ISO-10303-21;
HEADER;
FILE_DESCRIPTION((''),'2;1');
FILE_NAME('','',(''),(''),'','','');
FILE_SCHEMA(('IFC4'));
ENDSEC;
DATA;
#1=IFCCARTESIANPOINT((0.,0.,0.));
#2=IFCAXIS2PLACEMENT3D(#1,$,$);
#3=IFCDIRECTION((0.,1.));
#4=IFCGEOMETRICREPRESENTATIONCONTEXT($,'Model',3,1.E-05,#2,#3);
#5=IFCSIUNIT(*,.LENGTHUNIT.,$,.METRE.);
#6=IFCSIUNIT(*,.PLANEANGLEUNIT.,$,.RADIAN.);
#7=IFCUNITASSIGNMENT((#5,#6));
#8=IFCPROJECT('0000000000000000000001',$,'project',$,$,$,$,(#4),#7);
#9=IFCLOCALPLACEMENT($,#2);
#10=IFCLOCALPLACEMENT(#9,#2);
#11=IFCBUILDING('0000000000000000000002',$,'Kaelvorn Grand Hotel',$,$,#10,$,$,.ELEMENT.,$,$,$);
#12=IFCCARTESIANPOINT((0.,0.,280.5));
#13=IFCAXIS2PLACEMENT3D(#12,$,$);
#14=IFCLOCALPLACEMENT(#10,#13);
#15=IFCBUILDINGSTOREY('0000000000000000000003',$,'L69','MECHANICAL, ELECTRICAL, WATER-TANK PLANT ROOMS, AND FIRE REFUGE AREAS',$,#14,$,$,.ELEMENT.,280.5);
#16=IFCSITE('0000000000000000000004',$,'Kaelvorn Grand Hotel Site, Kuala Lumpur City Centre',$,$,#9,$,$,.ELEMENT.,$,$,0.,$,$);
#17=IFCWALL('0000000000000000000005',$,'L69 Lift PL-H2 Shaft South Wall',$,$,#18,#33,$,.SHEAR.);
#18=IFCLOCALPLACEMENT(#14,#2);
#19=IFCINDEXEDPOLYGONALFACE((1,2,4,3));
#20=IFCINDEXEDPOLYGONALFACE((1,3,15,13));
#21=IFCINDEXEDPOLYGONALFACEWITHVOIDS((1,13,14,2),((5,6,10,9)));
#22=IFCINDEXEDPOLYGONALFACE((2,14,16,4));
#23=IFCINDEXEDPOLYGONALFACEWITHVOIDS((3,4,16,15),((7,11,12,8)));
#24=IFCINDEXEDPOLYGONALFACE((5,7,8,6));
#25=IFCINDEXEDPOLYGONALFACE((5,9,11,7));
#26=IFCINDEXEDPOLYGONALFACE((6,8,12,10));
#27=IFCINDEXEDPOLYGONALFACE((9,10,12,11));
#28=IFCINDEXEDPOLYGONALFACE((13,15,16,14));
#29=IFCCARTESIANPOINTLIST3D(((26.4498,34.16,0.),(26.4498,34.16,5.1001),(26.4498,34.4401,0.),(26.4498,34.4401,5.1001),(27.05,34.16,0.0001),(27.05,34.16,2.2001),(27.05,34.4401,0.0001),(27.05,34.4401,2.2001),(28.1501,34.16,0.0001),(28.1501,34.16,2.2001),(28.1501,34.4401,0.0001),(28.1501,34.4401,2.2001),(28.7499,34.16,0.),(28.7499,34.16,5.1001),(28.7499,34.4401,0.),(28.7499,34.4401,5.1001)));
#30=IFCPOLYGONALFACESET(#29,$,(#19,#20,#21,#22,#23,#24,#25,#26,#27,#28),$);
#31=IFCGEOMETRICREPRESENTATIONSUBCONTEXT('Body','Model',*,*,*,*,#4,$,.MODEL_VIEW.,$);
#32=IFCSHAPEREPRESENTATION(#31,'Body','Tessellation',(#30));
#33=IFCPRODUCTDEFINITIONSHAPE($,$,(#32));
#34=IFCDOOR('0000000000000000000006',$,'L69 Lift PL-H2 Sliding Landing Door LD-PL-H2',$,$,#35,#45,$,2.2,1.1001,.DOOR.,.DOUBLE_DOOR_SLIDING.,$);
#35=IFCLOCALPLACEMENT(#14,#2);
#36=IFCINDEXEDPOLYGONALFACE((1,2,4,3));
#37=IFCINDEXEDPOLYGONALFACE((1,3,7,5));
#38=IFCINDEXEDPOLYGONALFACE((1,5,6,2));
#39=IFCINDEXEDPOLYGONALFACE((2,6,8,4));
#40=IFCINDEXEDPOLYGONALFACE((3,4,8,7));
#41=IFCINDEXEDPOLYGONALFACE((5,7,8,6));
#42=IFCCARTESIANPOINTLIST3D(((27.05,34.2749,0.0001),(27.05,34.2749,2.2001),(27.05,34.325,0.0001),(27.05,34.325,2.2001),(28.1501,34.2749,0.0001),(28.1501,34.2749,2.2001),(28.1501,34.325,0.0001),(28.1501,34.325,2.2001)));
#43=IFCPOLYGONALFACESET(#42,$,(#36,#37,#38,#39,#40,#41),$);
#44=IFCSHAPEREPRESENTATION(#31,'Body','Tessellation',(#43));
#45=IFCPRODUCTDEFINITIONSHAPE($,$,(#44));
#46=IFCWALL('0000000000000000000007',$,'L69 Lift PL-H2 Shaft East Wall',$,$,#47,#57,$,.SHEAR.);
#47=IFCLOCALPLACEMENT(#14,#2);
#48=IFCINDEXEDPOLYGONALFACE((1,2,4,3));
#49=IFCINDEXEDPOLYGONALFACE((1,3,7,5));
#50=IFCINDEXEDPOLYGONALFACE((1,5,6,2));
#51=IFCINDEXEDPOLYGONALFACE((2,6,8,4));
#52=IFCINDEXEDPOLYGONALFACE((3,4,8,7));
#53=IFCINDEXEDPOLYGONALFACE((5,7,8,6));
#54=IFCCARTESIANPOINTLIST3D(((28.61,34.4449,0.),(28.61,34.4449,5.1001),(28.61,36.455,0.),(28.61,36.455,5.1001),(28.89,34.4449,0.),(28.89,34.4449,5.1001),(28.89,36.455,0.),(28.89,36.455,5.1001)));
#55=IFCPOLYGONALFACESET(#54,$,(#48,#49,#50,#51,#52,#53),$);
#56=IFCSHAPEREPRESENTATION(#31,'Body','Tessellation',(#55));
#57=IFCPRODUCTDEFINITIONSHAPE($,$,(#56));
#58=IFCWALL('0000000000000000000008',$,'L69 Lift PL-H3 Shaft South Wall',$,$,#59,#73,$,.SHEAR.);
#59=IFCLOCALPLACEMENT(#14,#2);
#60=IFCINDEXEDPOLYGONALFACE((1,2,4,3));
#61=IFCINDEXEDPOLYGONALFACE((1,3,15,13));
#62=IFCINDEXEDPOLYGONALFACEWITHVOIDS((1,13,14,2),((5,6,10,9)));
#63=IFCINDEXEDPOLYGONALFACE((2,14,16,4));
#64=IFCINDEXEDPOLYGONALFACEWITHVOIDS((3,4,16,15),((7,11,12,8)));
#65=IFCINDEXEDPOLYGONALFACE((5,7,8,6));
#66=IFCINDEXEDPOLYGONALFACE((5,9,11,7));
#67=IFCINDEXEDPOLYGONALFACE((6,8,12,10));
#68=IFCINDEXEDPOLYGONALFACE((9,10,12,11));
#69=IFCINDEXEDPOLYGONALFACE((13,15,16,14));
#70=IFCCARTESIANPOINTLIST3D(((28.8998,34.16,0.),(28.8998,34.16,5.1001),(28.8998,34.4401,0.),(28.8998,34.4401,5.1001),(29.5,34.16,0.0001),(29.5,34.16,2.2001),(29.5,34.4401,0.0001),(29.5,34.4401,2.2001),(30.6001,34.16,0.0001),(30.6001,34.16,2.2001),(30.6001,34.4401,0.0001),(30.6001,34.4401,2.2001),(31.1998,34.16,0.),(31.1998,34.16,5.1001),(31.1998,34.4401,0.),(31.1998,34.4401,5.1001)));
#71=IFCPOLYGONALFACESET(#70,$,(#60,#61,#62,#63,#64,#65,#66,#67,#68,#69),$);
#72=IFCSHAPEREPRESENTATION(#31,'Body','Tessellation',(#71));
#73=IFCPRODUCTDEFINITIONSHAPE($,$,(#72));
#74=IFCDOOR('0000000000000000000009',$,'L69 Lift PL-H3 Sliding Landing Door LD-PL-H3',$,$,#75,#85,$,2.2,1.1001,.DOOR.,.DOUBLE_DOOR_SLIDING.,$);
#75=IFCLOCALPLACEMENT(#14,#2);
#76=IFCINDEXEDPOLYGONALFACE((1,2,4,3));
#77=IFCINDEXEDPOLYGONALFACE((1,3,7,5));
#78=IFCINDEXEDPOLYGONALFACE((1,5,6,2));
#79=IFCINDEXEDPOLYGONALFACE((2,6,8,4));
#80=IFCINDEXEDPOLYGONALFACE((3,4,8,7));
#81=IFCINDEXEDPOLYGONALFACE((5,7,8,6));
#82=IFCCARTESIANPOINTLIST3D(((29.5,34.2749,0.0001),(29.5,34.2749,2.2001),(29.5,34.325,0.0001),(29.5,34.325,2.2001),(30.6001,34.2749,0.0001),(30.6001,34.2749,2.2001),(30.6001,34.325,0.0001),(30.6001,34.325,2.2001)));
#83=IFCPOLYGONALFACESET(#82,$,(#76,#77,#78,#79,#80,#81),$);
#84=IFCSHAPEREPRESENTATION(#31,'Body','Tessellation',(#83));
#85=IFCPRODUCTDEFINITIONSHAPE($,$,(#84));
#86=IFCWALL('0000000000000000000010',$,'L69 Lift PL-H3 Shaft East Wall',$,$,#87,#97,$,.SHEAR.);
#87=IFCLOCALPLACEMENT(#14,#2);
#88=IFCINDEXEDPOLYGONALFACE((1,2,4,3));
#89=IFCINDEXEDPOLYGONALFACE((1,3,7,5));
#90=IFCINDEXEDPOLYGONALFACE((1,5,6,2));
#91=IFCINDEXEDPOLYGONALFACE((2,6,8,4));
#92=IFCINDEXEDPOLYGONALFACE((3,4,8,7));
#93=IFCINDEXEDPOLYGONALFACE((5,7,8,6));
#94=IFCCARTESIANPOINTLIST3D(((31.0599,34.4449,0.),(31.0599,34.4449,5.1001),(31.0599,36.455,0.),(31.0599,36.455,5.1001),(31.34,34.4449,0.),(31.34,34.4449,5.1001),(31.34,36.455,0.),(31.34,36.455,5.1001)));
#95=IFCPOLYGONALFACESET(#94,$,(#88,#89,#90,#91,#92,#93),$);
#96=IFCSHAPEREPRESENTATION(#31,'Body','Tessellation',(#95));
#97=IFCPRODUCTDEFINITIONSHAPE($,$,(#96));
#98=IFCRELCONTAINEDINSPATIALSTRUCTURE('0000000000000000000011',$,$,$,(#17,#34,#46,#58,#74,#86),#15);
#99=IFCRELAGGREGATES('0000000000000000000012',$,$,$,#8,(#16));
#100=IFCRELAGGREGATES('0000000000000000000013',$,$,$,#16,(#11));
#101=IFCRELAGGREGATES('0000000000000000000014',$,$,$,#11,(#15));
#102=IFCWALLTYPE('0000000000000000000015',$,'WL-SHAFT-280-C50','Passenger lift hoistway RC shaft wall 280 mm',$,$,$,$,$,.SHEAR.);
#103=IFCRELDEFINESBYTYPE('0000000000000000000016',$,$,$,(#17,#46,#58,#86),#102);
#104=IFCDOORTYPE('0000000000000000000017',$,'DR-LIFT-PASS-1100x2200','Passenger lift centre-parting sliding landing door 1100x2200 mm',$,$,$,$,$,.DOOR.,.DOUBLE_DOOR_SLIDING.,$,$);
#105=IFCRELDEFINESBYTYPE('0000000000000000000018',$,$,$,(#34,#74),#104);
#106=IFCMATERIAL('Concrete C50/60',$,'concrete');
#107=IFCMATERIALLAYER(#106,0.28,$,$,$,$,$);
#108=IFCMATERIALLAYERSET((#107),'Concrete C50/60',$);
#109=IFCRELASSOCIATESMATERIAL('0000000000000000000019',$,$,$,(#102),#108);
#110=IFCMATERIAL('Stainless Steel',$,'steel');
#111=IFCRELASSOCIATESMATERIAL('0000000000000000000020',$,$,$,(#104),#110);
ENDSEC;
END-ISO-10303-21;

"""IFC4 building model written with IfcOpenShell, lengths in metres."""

from ifc_helpers import new_model, si_unit, direction, frame, frame_2d, origin, place, context, subcontext, project, spatial, rectangle, extrude, material, layer, layer_set, type_object, element, fill, save


model = new_model("IFC4")

# Units and contexts
model_context = context("Model", 3, precision=1e-05, world=origin(), true_north=direction((0.0, 1.0)))
body_context = subcontext(model_context, "Body", "Model", "MODEL_VIEW")
ifc_project = project(units=[si_unit("LENGTHUNIT", "METRE"), si_unit("PLANEANGLEUNIT", "RADIAN")], contexts=[model_context])

# Site, building, storey
site_placement = place(None, origin())
site = spatial("IfcSite", under=ifc_project, at=site_placement, Name="Kaelvorn Grand Hotel Site, Kuala Lumpur City Centre", CompositionType="ELEMENT", RefElevation=0.0)
building_placement = place(site_placement, origin())
building = spatial("IfcBuilding", under=site, at=building_placement, Name="Kaelvorn Grand Hotel", CompositionType="ELEMENT")
storey_placement = place(building_placement, frame((0.0, 0.0, 280.5)))
storey = spatial("IfcBuildingStorey", under=building, at=storey_placement, Name="L69", Description="MECHANICAL, ELECTRICAL, WATER-TANK PLANT ROOMS, AND FIRE REFUGE AREAS", CompositionType="ELEMENT", Elevation=280.5)

# Shared definitions
ifc_material_1 = material(Name="Concrete C50/60", Category="concrete")

# Shared definitions
ifc_layer_1 = layer(ifc_material_1, 0.28)
ifc_layer_set_1 = layer_set([ifc_layer_1], Name="Concrete C50/60")
wall_type_1 = type_object("IfcWallType", Name="WL-SHAFT-280-C50", Description="Passenger lift hoistway RC shaft wall 280 mm", PredefinedType="SHEAR", material=ifc_layer_set_1)
ifc_material_2 = material(Name="Stainless Steel", Category="steel")
door_type_1 = type_object("IfcDoorType", Name="DR-LIFT-PASS-1100x2200", Description="Passenger lift centre-parting sliding landing door 1100x2200 mm", OperationType="DOUBLE_DOOR_SLIDING", PredefinedType="DOOR", material=ifc_material_2)

# Wall, opening, door
wall_1_placement = place(storey_placement, frame((26.45, 34.3, 0.0), z_axis=(0.0, 0.0, 1.0), x_axis=(1.0, 0.0, 0.0)))
wall_1 = element("IfcWall", 1, at=wall_1_placement, inside=storey, type_object=wall_type_1, Name="L69 Lift PL-H2 Shaft South Wall", PredefinedType="SHEAR", context=body_context, shape_type="SweptSolid", body=[
    extrude(rectangle(XDim=2.3, YDim=0.28, at=frame_2d((1.1499, 0.0))), origin(), (0.0, 0.0, 1.0), 5.1001),
])
opening_1_placement = place(wall_1_placement, frame((0.6001, 0.0, 0.0)))
opening_1 = element("IfcOpeningElement", 2, at=opening_1_placement, cuts=wall_1, PredefinedType="OPENING", context=body_context, shape_type="SweptSolid", body=[
    extrude(rectangle(XDim=1.1001, YDim=2.2, at=frame_2d((0.55, 1.1001))), frame((0.0, 0.1499, 0.0), z_axis=(0.0, -1.0, 0.0), x_axis=(1.0, 0.0, 0.0)), (0.0, 0.0, 1.0), 0.3),
])
door_1_placement = place(opening_1_placement, origin())
door_1 = element("IfcDoor", 3, at=door_1_placement, inside=storey, type_object=door_type_1, Name="L69 Lift PL-H2 Sliding Landing Door LD-PL-H2", OperationType="DOUBLE_DOOR_SLIDING", OverallHeight=2.2, OverallWidth=1.1001, PredefinedType="DOOR", context=body_context, shape_type="SweptSolid", body=[
    extrude(rectangle(XDim=1.1001, YDim=2.2, at=frame_2d((0.55, 1.1001))), frame((0.0, 0.0249, 0.0), z_axis=(0.0, -1.0, 0.0), x_axis=(1.0, 0.0, 0.0)), (0.0, 0.0, 1.0), 0.05),
])
fill(opening_1, door_1)

# Wall
wall_2_placement = place(storey_placement, frame((28.75, 34.4451, 0.0), z_axis=(0.0, 0.0, 1.0), x_axis=(0.0, 1.0, 0.0)))
element("IfcWall", 4, at=wall_2_placement, inside=storey, type_object=wall_type_1, Name="L69 Lift PL-H2 Shaft East Wall", PredefinedType="SHEAR", context=body_context, shape_type="SweptSolid", body=[
    extrude(rectangle(XDim=2.01, YDim=0.28, at=frame_2d((1.0049, 0.0))), origin(), (0.0, 0.0, 1.0), 5.1001),
])

# Wall, opening, door
wall_3_placement = place(storey_placement, frame((28.8999, 34.3, 0.0), z_axis=(0.0, 0.0, 1.0), x_axis=(1.0, 0.0, 0.0)))
wall_3 = element("IfcWall", 5, at=wall_3_placement, inside=storey, type_object=wall_type_1, Name="L69 Lift PL-H3 Shaft South Wall", PredefinedType="SHEAR", context=body_context, shape_type="SweptSolid", body=[
    extrude(rectangle(XDim=2.3, YDim=0.28, at=frame_2d((1.1499, 0.0))), origin(), (0.0, 0.0, 1.0), 5.1001),
])
opening_2_placement = place(wall_3_placement, frame((0.6001, 0.0, 0.0)))
opening_2 = element("IfcOpeningElement", 6, at=opening_2_placement, cuts=wall_3, PredefinedType="OPENING", context=body_context, shape_type="SweptSolid", body=[
    extrude(rectangle(XDim=1.1001, YDim=2.2, at=frame_2d((0.55, 1.1001))), frame((0.0, 0.1499, 0.0), z_axis=(0.0, -1.0, 0.0), x_axis=(1.0, 0.0, 0.0)), (0.0, 0.0, 1.0), 0.3),
])
door_2_placement = place(opening_2_placement, origin())
door_2 = element("IfcDoor", 7, at=door_2_placement, inside=storey, type_object=door_type_1, Name="L69 Lift PL-H3 Sliding Landing Door LD-PL-H3", OperationType="DOUBLE_DOOR_SLIDING", OverallHeight=2.2, OverallWidth=1.1001, PredefinedType="DOOR", context=body_context, shape_type="SweptSolid", body=[
    extrude(rectangle(XDim=1.1001, YDim=2.2, at=frame_2d((0.55, 1.1001))), frame((0.0, 0.0249, 0.0), z_axis=(0.0, -1.0, 0.0), x_axis=(1.0, 0.0, 0.0)), (0.0, 0.0, 1.0), 0.05),
])
fill(opening_2, door_2)

# Wall
wall_4_placement = place(storey_placement, frame((31.2, 34.4451, 0.0), z_axis=(0.0, 0.0, 1.0), x_axis=(0.0, 1.0, 0.0)))
element("IfcWall", 8, at=wall_4_placement, inside=storey, type_object=wall_type_1, Name="L69 Lift PL-H3 Shaft East Wall", PredefinedType="SHEAR", context=body_context, shape_type="SweptSolid", body=[
    extrude(rectangle(XDim=2.01, YDim=0.28, at=frame_2d((1.0049, 0.0))), origin(), (0.0, 0.0, 1.0), 5.1001),
])

save(model, "model.ifc")
